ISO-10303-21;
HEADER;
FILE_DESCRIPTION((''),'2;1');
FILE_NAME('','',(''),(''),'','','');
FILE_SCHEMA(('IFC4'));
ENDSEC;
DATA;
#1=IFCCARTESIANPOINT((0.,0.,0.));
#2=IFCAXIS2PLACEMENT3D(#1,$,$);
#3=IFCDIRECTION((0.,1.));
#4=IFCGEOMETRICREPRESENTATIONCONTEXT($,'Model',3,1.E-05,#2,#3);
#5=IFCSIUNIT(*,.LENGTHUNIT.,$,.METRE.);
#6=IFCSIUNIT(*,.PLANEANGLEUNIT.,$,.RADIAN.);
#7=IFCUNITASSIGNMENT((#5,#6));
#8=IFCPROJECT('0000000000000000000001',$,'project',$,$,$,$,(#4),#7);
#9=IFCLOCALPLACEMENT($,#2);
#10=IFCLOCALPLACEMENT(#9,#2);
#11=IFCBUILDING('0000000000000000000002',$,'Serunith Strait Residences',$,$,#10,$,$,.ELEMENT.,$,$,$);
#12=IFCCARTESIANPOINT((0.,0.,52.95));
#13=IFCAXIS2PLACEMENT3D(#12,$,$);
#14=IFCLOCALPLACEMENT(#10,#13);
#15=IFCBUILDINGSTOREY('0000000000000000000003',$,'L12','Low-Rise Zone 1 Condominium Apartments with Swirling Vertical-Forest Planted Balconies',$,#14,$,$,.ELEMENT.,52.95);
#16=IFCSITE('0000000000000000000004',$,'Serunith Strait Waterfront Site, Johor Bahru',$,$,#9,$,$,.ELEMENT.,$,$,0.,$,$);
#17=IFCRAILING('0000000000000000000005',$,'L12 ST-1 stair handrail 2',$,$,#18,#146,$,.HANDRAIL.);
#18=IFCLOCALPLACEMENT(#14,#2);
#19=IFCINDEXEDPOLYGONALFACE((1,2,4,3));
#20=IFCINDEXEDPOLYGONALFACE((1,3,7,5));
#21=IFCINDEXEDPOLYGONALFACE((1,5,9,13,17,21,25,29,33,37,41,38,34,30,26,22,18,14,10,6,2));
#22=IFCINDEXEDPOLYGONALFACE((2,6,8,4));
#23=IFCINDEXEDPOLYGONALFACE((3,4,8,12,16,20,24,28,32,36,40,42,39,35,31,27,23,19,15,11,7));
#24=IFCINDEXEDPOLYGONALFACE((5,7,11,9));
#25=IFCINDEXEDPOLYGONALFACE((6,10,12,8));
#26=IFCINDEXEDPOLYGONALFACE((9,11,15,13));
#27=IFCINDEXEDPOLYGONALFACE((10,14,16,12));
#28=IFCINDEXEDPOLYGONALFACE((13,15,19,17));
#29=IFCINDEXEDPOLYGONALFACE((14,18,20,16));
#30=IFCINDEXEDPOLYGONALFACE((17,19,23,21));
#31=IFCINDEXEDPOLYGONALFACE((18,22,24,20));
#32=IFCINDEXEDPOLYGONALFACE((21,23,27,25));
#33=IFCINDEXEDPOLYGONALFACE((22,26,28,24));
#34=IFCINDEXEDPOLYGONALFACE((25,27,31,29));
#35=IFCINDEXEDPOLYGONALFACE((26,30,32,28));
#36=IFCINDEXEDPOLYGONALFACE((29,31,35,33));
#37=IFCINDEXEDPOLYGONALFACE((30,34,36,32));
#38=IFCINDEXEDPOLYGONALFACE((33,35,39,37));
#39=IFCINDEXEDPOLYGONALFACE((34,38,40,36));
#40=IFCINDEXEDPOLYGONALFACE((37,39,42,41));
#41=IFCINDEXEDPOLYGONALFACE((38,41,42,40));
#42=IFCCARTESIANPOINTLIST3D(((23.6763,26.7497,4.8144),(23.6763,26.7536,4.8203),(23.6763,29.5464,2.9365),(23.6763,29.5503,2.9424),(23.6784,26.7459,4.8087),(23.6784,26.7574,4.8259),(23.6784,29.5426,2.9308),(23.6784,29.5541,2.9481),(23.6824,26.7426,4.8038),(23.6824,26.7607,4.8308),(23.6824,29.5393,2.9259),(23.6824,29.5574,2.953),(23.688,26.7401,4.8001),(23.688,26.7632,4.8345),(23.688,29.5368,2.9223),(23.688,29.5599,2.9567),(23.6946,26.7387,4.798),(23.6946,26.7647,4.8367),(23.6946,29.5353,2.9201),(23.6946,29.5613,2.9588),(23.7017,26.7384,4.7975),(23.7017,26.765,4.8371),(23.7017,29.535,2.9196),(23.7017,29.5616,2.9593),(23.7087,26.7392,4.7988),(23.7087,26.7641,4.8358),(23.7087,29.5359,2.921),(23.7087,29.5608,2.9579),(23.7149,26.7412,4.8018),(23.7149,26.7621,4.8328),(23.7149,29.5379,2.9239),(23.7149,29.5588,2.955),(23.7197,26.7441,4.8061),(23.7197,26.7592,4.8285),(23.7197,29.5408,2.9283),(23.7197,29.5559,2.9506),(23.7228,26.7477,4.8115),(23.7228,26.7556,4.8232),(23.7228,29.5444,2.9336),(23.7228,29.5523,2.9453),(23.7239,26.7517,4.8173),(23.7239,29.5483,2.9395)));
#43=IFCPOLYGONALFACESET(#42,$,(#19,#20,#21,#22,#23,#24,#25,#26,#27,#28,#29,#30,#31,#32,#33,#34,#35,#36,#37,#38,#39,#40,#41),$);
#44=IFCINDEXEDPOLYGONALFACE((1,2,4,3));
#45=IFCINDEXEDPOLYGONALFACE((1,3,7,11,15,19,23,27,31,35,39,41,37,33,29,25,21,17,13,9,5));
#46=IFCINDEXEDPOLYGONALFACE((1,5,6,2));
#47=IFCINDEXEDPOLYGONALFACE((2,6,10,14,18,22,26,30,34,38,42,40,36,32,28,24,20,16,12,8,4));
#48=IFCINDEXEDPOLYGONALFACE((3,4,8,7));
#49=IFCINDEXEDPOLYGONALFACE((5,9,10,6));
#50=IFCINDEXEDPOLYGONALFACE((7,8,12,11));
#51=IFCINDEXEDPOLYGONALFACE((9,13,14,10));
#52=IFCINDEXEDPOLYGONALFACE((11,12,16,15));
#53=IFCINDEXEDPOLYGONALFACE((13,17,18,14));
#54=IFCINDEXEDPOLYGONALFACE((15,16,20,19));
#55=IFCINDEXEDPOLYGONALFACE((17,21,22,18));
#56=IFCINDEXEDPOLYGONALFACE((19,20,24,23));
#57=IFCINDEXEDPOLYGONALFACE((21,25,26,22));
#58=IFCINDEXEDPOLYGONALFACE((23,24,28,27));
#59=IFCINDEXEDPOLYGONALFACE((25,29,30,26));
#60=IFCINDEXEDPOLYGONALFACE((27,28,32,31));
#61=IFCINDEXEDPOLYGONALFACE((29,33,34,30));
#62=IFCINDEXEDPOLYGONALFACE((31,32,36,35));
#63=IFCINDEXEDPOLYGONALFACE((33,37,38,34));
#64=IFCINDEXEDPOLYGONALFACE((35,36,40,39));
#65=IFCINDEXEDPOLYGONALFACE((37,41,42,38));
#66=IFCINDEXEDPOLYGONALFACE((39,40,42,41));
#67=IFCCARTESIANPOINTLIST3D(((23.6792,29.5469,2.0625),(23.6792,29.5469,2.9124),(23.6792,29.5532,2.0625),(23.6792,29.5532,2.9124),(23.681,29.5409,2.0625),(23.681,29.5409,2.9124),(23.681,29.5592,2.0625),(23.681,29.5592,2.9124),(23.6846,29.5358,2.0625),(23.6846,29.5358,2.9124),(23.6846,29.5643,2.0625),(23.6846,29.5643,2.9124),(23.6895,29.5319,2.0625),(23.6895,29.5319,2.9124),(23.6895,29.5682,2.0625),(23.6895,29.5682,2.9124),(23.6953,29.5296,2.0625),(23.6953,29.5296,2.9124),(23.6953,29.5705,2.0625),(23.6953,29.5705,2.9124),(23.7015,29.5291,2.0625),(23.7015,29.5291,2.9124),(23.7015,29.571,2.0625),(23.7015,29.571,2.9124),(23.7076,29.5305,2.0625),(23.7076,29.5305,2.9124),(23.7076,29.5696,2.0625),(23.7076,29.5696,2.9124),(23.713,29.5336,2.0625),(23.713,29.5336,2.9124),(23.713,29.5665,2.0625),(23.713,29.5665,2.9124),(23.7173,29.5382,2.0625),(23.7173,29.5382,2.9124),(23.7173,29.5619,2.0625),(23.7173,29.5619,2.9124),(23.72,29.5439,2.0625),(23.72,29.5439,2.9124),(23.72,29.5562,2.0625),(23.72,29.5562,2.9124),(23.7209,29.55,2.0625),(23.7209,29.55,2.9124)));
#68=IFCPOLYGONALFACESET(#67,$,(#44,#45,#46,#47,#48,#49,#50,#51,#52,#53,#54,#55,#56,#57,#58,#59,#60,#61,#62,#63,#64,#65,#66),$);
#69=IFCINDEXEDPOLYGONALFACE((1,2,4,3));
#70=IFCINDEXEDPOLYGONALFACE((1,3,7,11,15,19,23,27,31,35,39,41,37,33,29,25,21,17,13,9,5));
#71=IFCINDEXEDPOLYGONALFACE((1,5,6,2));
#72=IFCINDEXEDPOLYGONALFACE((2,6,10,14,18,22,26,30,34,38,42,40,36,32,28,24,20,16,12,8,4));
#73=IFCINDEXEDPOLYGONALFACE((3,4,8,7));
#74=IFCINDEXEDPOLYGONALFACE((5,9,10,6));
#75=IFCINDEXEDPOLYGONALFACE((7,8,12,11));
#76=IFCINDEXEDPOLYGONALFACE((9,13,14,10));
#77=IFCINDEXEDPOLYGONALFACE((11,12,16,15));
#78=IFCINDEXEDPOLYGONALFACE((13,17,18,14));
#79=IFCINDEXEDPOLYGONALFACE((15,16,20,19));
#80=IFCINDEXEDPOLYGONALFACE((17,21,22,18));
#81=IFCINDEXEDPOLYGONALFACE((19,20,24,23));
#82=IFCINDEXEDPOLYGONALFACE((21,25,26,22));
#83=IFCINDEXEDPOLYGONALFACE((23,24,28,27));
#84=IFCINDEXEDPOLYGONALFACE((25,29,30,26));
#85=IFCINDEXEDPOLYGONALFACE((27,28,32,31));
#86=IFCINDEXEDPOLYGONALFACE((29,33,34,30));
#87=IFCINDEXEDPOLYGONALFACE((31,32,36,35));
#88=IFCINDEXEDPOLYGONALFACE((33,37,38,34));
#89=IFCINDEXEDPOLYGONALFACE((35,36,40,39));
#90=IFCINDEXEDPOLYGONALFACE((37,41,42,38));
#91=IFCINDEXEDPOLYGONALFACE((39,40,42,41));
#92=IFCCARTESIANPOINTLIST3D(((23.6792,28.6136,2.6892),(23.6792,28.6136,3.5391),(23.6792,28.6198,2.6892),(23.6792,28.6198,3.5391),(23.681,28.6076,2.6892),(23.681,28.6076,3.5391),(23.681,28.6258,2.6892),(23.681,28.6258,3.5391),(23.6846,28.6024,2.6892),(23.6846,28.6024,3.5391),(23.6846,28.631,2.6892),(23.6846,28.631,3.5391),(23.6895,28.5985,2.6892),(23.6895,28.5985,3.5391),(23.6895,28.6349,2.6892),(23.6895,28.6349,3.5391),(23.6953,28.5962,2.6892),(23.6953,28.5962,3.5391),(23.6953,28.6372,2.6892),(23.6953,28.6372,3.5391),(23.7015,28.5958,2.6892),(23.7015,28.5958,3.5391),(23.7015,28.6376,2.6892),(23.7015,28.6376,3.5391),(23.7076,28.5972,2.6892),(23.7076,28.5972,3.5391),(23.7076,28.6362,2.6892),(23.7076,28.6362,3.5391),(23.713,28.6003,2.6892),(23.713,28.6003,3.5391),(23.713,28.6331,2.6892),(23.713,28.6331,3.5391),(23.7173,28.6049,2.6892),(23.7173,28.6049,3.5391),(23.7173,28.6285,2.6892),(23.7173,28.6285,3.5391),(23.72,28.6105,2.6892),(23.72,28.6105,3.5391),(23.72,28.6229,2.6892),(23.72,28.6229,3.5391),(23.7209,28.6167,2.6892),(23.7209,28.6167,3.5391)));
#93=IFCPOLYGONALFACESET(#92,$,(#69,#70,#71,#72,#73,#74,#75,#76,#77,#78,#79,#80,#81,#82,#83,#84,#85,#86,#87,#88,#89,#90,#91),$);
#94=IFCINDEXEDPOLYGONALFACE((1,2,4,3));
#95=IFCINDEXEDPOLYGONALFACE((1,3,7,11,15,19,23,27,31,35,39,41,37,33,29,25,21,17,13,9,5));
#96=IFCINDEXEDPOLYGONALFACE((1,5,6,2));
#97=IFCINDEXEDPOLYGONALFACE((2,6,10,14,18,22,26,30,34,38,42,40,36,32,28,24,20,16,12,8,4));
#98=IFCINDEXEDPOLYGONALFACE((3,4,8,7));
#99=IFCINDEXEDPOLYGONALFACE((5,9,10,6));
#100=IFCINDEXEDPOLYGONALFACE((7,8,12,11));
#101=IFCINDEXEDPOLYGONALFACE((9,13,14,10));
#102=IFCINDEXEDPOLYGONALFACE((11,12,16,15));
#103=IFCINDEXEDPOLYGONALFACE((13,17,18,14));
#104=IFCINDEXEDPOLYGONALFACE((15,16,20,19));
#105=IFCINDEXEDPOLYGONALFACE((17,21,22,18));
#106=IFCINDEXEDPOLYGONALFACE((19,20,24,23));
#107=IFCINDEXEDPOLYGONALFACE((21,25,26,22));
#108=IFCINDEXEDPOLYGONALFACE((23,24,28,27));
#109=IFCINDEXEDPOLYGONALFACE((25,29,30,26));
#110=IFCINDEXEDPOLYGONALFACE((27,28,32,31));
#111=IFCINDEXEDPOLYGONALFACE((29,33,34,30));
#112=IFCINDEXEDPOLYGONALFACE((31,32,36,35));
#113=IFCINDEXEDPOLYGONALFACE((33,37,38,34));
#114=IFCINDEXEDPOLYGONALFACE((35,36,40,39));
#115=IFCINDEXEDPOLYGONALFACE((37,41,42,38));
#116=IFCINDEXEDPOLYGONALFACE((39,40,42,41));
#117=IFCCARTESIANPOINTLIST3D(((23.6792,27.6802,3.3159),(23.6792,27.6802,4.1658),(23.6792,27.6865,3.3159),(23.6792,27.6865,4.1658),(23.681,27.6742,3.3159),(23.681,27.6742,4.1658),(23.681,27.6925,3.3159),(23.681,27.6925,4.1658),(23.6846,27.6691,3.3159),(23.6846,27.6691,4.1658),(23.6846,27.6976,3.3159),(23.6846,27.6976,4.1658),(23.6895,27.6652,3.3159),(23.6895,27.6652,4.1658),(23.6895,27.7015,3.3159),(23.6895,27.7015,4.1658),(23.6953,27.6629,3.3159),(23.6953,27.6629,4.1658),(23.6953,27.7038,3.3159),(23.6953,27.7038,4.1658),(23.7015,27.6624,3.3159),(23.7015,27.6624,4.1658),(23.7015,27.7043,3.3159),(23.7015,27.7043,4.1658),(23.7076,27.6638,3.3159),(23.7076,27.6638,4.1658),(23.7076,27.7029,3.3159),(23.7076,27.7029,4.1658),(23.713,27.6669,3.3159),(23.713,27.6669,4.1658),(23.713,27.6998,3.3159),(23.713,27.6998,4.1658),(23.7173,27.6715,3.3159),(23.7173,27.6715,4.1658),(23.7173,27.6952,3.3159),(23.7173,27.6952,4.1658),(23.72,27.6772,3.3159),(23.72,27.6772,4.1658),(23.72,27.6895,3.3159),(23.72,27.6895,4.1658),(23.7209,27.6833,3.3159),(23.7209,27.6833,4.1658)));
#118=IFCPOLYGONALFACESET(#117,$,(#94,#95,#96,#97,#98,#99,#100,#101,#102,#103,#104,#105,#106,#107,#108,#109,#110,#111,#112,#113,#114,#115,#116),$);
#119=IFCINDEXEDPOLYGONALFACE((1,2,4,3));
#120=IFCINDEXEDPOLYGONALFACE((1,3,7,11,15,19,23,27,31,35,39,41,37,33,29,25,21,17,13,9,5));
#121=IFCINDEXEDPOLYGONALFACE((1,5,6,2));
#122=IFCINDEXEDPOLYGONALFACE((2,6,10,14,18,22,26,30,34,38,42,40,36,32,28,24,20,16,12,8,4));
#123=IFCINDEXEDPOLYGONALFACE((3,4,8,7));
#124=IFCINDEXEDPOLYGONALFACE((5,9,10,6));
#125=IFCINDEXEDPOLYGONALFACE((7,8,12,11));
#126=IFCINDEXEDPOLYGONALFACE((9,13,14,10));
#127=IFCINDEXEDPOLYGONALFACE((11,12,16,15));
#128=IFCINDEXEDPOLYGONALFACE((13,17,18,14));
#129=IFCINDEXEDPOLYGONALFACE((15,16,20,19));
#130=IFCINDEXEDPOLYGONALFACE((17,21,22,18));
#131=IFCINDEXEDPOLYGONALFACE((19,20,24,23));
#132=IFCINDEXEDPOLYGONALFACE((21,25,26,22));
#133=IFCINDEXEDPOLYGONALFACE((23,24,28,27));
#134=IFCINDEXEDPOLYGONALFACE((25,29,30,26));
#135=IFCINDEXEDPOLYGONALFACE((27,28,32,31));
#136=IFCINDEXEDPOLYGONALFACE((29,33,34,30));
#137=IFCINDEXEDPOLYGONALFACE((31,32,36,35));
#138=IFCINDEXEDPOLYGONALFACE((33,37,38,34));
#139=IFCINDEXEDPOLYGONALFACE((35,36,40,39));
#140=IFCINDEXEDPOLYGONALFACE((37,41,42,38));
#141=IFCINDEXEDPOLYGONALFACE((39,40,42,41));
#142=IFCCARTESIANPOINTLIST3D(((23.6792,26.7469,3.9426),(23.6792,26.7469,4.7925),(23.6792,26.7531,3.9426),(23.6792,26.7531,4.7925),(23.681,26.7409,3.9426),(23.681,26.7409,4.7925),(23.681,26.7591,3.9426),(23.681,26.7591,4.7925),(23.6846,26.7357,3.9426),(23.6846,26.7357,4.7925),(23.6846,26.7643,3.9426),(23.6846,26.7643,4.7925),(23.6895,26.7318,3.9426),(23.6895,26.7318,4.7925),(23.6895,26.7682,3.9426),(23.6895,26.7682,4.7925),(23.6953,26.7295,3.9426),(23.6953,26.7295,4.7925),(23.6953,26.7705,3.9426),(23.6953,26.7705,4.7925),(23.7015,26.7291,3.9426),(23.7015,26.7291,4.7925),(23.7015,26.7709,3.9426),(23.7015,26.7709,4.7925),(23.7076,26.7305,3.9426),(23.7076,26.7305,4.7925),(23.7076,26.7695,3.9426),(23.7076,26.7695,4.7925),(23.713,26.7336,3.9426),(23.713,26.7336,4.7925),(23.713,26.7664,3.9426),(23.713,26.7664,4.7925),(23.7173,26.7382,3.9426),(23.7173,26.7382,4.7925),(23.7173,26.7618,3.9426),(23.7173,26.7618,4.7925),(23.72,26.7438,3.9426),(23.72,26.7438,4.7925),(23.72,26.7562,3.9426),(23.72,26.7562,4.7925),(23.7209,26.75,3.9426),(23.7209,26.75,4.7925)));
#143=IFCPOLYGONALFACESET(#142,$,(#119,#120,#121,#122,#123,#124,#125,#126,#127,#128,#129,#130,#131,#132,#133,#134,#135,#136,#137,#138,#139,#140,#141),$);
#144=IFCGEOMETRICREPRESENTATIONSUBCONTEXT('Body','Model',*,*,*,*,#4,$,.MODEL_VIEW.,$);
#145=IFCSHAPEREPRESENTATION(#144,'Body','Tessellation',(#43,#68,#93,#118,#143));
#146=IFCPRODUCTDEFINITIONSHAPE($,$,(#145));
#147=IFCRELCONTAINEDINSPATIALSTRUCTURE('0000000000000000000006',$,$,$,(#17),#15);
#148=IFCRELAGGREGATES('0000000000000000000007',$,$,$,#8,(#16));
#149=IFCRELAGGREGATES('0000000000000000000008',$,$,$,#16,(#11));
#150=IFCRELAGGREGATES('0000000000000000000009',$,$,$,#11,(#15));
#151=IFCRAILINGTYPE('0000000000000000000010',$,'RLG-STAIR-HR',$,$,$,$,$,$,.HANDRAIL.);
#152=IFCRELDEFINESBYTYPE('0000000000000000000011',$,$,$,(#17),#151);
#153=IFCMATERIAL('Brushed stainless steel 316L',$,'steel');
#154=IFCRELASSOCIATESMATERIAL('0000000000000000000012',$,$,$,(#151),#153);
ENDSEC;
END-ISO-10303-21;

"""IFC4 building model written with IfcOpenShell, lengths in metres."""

from ifc_helpers import new_model, si_unit, direction, frame, origin, origin_2d, place, context, subcontext, project, spatial, circle, extrude, material, type_object, element, save


model = new_model("IFC4")

# Units and contexts
model_context = context("Model", 3, precision=1e-05, world=origin(), true_north=direction((0.0, 1.0)))
body_context = subcontext(model_context, "Body", "Model", "MODEL_VIEW")
ifc_project = project(units=[si_unit("LENGTHUNIT", "METRE"), si_unit("PLANEANGLEUNIT", "RADIAN")], contexts=[model_context])

# Site, building, storey
site_placement = place(None, origin())
site = spatial("IfcSite", under=ifc_project, at=site_placement, Name="Serunith Strait Waterfront Site, Johor Bahru", CompositionType="ELEMENT", RefElevation=0.0)
building_placement = place(site_placement, origin())
building = spatial("IfcBuilding", under=site, at=building_placement, Name="Serunith Strait Residences", CompositionType="ELEMENT")
storey_placement = place(building_placement, frame((0.0, 0.0, 52.95)))
storey = spatial("IfcBuildingStorey", under=building, at=storey_placement, Name="L12", Description="Low-Rise Zone 1 Condominium Apartments with Swirling Vertical-Forest Planted Balconies", CompositionType="ELEMENT", Elevation=52.95)

# Railing
ifc_material_1 = material(Name="Brushed stainless steel 316L", Category="steel")
railing_type_1 = type_object("IfcRailingType", Name="RLG-STAIR-HR", PredefinedType="HANDRAIL", material=ifc_material_1)
railing_1_placement = place(storey_placement, frame((23.7, 29.55, 2.0625)))
element("IfcRailing", 1, at=railing_1_placement, inside=storey, type_object=railing_type_1, Name="L12 ST-1 stair handrail 2", PredefinedType="HANDRAIL", context=body_context, shape_type="SweptSolid", body=[
    extrude(circle(Radius=0.0239, at=origin_2d()), frame((0.0, -0.0017, 0.877), z_axis=(0.0, -0.830208, 0.557453), x_axis=(1.0, 0.0, 0.0)), (0.0, 0.0, 1.0), 3.3687),
    extrude(circle(Radius=0.021, at=origin_2d()), origin(), (0.0, 0.0, 1.0), 0.8499),
    extrude(circle(Radius=0.021, at=origin_2d()), frame((0.0, -0.9333, 0.6267)), (0.0, 0.0, 1.0), 0.8499),
    extrude(circle(Radius=0.021, at=origin_2d()), frame((0.0, -1.8667, 1.2534)), (0.0, 0.0, 1.0), 0.8499),
    extrude(circle(Radius=0.021, at=origin_2d()), frame((0.0, -2.8, 1.8801)), (0.0, 0.0, 1.0), 0.8499),
])

save(model, "model.ifc")
